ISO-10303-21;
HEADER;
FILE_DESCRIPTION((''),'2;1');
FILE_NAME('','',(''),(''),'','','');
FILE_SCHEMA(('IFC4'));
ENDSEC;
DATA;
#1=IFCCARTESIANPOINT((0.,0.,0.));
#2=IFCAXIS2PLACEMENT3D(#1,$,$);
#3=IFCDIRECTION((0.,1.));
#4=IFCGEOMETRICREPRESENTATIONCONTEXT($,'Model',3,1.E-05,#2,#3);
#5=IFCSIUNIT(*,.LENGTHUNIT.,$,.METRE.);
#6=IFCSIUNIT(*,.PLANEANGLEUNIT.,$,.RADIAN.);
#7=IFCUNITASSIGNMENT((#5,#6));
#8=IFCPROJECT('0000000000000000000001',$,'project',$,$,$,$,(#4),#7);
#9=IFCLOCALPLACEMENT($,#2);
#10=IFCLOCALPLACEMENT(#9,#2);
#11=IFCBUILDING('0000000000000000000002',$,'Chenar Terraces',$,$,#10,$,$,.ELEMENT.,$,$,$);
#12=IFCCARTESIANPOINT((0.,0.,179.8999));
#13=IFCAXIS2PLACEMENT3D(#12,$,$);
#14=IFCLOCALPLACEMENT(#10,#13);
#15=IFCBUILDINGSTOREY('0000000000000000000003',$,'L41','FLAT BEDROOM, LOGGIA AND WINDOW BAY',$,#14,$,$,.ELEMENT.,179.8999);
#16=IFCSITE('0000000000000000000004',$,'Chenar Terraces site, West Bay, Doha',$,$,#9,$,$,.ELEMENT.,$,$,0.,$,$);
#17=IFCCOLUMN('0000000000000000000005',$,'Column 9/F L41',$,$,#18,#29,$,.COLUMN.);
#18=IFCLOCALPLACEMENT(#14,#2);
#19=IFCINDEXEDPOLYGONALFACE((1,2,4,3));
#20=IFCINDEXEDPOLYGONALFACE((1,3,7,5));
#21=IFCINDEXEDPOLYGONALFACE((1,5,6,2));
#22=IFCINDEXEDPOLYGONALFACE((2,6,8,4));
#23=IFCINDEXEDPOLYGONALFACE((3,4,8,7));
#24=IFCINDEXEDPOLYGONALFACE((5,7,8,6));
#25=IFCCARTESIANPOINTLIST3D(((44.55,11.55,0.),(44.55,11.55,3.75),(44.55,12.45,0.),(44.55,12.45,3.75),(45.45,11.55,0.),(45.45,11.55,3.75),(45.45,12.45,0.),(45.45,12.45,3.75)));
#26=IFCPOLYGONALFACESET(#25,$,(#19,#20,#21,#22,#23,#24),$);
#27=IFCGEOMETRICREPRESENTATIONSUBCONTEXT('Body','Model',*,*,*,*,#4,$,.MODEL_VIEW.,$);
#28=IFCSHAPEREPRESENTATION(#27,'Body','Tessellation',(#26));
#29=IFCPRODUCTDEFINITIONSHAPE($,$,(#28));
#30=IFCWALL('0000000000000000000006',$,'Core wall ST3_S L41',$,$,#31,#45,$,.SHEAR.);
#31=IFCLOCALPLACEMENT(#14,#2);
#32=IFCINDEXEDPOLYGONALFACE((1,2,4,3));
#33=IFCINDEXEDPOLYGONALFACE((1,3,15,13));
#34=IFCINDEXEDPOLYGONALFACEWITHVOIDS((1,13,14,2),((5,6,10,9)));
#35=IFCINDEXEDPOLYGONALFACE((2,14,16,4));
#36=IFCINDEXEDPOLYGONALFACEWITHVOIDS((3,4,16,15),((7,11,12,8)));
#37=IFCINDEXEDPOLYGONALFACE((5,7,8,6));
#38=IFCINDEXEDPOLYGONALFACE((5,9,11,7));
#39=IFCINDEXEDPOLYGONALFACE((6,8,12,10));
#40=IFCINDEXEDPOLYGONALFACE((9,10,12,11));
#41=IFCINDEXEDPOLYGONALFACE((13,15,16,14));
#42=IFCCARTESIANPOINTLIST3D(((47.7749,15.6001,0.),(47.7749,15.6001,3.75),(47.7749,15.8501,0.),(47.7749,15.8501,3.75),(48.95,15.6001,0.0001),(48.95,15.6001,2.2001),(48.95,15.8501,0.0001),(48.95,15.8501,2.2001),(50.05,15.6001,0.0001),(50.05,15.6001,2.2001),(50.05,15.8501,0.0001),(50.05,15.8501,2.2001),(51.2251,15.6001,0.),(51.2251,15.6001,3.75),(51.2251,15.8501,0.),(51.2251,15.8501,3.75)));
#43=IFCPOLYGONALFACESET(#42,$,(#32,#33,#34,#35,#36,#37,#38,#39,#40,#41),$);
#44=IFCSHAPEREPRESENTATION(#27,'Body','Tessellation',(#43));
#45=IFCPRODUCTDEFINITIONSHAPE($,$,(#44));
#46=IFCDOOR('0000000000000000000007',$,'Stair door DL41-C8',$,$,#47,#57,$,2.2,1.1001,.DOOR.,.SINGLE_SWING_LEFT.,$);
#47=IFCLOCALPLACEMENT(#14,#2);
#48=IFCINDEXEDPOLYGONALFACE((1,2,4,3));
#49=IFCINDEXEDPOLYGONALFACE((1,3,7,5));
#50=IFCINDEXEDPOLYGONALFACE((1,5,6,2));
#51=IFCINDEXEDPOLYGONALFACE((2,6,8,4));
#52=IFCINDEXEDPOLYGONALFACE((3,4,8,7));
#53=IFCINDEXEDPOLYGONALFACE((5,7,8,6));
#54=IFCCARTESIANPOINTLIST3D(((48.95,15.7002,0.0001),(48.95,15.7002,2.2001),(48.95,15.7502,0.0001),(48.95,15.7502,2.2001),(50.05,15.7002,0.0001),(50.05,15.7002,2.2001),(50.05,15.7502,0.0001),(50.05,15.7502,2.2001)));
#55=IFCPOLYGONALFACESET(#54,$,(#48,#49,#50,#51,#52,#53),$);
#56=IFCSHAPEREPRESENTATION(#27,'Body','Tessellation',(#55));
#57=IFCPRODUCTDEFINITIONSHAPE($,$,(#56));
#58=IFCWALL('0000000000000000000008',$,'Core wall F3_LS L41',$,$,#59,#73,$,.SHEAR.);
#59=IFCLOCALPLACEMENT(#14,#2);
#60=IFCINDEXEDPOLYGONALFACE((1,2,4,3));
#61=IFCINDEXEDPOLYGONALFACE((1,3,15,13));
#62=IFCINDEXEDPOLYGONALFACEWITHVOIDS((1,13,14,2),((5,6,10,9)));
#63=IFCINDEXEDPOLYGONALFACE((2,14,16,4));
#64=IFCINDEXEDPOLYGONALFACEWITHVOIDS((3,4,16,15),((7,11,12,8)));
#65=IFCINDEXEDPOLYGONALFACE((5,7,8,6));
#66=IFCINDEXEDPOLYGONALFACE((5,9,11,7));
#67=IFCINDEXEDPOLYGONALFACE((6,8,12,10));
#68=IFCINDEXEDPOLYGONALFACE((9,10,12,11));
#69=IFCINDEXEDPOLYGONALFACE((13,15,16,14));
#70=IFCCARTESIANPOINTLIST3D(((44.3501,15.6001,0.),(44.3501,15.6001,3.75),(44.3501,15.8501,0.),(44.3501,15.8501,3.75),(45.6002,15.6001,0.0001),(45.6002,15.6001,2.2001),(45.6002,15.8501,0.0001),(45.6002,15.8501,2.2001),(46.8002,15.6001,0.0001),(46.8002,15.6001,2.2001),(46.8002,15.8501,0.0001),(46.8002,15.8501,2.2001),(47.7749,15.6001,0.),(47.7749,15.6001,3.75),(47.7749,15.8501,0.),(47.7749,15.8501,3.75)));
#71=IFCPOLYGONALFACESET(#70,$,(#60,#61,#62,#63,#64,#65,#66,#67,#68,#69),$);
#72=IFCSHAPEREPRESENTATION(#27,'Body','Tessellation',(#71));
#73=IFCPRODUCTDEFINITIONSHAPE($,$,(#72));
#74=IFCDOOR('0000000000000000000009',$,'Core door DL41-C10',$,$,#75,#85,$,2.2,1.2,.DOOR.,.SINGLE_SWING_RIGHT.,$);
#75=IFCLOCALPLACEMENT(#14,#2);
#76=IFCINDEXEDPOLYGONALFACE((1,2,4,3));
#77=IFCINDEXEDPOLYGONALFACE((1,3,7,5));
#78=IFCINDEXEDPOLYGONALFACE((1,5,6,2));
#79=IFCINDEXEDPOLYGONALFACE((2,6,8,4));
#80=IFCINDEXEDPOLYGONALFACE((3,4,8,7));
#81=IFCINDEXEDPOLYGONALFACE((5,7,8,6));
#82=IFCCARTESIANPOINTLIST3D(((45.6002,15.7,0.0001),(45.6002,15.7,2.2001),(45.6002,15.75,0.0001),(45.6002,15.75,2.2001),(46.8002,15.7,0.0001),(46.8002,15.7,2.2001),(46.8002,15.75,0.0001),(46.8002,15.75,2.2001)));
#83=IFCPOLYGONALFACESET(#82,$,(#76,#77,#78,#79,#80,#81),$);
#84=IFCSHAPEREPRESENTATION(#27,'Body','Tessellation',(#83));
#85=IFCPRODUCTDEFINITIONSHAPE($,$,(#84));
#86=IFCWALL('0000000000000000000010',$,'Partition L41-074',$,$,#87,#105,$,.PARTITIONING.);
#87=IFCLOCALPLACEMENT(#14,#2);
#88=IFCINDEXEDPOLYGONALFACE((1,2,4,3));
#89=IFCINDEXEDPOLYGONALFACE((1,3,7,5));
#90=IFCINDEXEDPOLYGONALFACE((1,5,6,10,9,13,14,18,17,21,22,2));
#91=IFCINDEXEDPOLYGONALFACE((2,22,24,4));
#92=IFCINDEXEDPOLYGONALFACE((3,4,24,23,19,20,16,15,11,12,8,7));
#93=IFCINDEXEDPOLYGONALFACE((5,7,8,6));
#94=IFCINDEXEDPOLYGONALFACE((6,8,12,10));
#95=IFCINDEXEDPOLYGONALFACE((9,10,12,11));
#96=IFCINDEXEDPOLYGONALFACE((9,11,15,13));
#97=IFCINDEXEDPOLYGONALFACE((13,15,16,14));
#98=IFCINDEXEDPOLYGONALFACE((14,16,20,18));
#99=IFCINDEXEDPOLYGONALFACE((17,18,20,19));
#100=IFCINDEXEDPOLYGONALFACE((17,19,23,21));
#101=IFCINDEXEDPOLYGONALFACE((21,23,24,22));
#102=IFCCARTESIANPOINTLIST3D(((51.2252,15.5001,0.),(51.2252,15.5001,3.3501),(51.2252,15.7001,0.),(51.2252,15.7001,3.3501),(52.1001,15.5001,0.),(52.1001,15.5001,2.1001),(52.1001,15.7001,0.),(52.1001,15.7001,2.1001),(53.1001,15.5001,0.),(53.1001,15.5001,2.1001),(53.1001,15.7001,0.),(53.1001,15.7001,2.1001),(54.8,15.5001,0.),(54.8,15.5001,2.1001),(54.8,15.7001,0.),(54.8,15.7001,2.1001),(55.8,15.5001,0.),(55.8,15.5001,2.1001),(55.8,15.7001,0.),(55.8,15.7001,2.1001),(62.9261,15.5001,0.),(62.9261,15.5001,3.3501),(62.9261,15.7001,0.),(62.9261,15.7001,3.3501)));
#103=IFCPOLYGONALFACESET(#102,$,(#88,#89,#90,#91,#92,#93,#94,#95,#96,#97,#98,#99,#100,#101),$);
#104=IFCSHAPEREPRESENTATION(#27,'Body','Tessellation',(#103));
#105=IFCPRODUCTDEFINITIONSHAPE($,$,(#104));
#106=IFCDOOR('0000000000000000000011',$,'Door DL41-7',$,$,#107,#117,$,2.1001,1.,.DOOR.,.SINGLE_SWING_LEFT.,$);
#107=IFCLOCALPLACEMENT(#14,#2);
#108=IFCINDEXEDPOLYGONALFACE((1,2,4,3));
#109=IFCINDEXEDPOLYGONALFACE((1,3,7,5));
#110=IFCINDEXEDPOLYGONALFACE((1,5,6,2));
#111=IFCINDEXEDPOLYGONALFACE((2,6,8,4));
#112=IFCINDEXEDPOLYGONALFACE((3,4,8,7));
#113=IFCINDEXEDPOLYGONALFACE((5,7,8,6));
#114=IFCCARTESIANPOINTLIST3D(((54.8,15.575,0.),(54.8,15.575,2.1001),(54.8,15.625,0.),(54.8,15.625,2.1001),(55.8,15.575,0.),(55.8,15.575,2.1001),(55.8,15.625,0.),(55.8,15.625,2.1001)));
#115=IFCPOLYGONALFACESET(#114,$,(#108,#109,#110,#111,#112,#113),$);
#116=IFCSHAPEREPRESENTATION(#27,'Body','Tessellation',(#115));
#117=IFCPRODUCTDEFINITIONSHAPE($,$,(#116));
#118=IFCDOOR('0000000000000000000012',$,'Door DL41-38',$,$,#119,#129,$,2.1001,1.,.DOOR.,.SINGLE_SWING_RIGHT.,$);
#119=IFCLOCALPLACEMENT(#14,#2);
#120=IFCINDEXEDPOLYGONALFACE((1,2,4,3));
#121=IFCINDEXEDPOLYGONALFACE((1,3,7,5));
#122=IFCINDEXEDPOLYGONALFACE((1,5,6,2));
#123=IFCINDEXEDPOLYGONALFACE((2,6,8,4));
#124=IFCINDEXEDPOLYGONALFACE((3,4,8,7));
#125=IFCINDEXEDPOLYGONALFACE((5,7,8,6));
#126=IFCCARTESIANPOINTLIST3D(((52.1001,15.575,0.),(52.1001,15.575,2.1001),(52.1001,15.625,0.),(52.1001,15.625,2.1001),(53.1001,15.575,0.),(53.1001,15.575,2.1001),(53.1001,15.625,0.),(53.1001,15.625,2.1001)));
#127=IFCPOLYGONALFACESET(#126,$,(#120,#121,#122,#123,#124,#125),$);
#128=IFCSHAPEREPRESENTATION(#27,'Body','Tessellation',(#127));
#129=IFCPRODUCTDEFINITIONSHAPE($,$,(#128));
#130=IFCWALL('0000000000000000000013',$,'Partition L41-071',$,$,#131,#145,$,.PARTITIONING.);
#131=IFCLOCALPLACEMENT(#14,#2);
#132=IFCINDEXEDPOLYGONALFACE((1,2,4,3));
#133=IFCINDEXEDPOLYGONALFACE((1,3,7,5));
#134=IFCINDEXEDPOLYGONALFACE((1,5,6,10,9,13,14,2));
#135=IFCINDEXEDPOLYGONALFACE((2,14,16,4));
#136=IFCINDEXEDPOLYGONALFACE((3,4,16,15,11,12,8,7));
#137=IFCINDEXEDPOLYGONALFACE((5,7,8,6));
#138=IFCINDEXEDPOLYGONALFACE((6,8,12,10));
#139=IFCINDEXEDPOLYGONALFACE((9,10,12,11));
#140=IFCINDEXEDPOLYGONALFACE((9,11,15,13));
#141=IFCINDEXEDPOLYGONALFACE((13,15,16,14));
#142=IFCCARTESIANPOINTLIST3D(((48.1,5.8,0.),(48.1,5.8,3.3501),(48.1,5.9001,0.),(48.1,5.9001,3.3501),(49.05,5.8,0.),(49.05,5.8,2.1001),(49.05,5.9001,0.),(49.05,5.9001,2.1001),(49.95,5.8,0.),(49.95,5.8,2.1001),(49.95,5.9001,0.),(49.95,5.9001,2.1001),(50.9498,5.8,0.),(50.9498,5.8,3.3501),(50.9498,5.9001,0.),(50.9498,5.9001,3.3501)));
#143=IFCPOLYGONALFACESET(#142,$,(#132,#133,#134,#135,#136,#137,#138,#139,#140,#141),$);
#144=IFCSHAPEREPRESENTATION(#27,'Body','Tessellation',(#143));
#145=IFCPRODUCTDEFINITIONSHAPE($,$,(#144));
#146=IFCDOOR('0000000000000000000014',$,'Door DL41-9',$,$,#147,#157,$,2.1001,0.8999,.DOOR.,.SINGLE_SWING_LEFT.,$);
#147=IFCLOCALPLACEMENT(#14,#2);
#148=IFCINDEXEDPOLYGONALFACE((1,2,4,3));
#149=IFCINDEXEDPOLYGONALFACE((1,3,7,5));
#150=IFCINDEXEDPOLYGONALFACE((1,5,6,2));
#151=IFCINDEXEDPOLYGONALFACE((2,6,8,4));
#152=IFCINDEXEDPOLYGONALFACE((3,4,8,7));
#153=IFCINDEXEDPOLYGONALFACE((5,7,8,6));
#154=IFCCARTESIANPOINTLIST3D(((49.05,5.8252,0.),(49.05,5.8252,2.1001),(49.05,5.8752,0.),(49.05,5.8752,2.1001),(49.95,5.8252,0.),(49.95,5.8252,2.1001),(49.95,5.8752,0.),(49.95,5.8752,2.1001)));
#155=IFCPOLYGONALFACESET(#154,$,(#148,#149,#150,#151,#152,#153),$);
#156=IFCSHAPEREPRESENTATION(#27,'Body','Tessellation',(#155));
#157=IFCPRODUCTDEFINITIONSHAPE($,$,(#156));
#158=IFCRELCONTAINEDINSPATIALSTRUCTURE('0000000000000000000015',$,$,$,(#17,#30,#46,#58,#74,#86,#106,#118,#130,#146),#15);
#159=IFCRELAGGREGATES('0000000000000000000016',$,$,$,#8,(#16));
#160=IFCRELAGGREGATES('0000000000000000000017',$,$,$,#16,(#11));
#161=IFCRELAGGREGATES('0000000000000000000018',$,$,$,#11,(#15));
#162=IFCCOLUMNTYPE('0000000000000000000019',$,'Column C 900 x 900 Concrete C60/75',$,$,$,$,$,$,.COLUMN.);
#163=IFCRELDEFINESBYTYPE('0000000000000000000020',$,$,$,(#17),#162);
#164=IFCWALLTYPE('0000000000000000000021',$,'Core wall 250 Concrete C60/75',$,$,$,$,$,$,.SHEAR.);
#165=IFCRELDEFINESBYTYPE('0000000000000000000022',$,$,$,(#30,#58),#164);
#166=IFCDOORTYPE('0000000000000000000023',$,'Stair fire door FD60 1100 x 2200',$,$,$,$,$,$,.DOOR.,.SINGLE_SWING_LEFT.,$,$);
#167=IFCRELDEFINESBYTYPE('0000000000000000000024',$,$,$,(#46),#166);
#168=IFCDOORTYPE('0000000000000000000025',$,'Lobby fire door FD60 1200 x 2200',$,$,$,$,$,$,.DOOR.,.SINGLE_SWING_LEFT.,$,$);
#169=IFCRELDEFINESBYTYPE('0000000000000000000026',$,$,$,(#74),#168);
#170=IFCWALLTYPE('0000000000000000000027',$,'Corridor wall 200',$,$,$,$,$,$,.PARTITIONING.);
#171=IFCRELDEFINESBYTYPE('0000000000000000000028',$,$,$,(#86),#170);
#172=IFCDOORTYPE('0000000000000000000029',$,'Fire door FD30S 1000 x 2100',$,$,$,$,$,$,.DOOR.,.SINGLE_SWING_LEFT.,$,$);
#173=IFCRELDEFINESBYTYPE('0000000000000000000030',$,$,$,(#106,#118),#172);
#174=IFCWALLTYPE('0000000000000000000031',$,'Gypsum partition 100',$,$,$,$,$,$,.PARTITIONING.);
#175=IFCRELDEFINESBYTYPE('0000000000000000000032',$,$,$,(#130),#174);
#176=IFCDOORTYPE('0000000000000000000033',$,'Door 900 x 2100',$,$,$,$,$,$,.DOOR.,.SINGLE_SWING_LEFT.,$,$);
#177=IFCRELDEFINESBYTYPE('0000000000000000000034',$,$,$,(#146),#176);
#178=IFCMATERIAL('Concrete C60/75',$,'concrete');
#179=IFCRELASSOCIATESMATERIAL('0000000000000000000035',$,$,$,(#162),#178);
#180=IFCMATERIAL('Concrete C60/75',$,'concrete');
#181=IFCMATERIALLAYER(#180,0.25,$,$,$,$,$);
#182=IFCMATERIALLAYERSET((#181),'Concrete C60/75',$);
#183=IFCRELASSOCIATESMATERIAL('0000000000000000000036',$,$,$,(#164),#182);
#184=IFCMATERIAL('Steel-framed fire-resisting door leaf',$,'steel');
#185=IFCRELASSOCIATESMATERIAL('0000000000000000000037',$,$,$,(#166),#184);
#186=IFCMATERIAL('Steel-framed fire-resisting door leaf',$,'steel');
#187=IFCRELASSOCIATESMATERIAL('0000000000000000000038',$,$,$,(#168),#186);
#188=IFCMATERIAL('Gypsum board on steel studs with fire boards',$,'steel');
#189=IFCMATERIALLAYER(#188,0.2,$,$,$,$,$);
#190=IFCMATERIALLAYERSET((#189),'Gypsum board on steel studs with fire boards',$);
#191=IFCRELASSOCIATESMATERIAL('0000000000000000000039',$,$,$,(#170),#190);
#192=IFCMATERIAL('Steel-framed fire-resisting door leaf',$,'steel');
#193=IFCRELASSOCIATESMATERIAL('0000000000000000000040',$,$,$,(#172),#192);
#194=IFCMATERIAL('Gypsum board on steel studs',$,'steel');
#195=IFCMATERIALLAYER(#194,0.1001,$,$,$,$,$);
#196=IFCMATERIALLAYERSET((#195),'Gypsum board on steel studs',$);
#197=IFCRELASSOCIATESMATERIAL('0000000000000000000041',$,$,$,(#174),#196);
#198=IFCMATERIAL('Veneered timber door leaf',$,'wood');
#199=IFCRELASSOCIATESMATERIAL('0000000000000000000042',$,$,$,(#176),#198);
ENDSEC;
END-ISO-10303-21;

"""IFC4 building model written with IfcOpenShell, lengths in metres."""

from ifc_helpers import new_model, si_unit, direction, frame, frame_2d, origin, origin_2d, place, context, subcontext, project, spatial, rectangle, extrude, material, layer, layer_set, material_profile, profile_set, type_object, element, fill, save


model = new_model("IFC4")

# Units and contexts
model_context = context("Model", 3, precision=1e-05, world=origin(), true_north=direction((0.0, 1.0)))
body_context = subcontext(model_context, "Body", "Model", "MODEL_VIEW")
ifc_project = project(units=[si_unit("LENGTHUNIT", "METRE"), si_unit("PLANEANGLEUNIT", "RADIAN")], contexts=[model_context])

# Site, building, storey
site_placement = place(None, origin())
site = spatial("IfcSite", under=ifc_project, at=site_placement, Name="Chenar Terraces site, West Bay, Doha", CompositionType="ELEMENT", RefElevation=0.0)
building_placement = place(site_placement, origin())
building = spatial("IfcBuilding", under=site, at=building_placement, Name="Chenar Terraces", CompositionType="ELEMENT")
storey_placement = place(building_placement, frame((0.0, 0.0, 179.8999)))
storey = spatial("IfcBuildingStorey", under=building, at=storey_placement, Name="L41", Description="FLAT BEDROOM, LOGGIA AND WINDOW BAY", CompositionType="ELEMENT", Elevation=179.8999)

# Column
ifc_material_1 = material(Name="Concrete C60/75", Category="concrete")
ifc_material_profile = material_profile(ifc_material_1, rectangle(XDim=0.8999, YDim=0.8999, at=origin_2d()), Name="C 900 x 900")
ifc_profile_set = profile_set([ifc_material_profile], Name="Concrete C60/75")
column_type = type_object("IfcColumnType", Name="Column C 900 x 900 Concrete C60/75", PredefinedType="COLUMN", material=ifc_profile_set)
column_placement = place(storey_placement, frame((45.0, 12.0, 0.0), z_axis=(0.0, 0.0, 1.0), x_axis=(1.0, 0.0, 0.0)))
element("IfcColumn", 1, at=column_placement, inside=storey, type_object=column_type, Name="Column 9/F L41", PredefinedType="COLUMN", context=body_context, shape_type="SweptSolid", body=[
    extrude(rectangle(XDim=0.8999, YDim=0.8999, at=origin_2d()), origin(), (0.0, 0.0, 1.0), 3.75),
])

# Walls, openings, doors
ifc_material_2 = material(Name="Concrete C60/75", Category="concrete")
ifc_layer_1 = layer(ifc_material_2, 0.25)
ifc_layer_set_1 = layer_set([ifc_layer_1], Name="Concrete C60/75")
wall_type_1 = type_object("IfcWallType", Name="Core wall 250 Concrete C60/75", PredefinedType="SHEAR", material=ifc_layer_set_1)
wall_1_placement = place(storey_placement, frame((47.7749, 15.7251, 0.0), z_axis=(0.0, 0.0, 1.0), x_axis=(1.0, 0.0, 0.0)))
wall_1 = element("IfcWall", 2, at=wall_1_placement, inside=storey, type_object=wall_type_1, Name="Core wall ST3_S L41", PredefinedType="SHEAR", context=body_context, shape_type="SweptSolid", body=[
    extrude(rectangle(XDim=3.4502, YDim=0.25, at=frame_2d((1.7251, 0.0))), origin(), (0.0, 0.0, 1.0), 3.75),
])
opening_1_placement = place(wall_1_placement, frame((1.175, 0.0, 0.0)))
opening_1 = element("IfcOpeningElement", 3, at=opening_1_placement, cuts=wall_1, PredefinedType="OPENING", context=body_context, shape_type="SweptSolid", body=[
    extrude(rectangle(XDim=1.1001, YDim=2.2, at=frame_2d((0.55, 1.1001))), frame((0.0, 0.135, 0.0), z_axis=(0.0, -1.0, 0.0), x_axis=(1.0, 0.0, 0.0)), (0.0, 0.0, 1.0), 0.27),
])
ifc_material_3 = material(Name="Steel-framed fire-resisting door leaf", Category="steel")
door_type_1 = type_object("IfcDoorType", Name="Stair fire door FD60 1100 x 2200", OperationType="SINGLE_SWING_LEFT", PredefinedType="DOOR", material=ifc_material_3)
door_1_placement = place(opening_1_placement, frame((1.1001, 0.0, 0.0), z_axis=(0.0, 0.0, 1.0), x_axis=(-1.0, 0.0, 0.0)))
door_1 = element("IfcDoor", 4, at=door_1_placement, inside=storey, type_object=door_type_1, Name="Stair door DL41-C8", OperationType="SINGLE_SWING_LEFT", OverallHeight=2.2, OverallWidth=1.1001, PredefinedType="DOOR", context=body_context, shape_type="SweptSolid", body=[
    extrude(rectangle(XDim=1.1001, YDim=2.2, at=frame_2d((0.55, 1.1001))), frame((0.0, 0.0249, 0.0), z_axis=(0.0, -1.0, 0.0), x_axis=(1.0, 0.0, 0.0)), (0.0, 0.0, 1.0), 0.05),
])
fill(opening_1, door_1)
wall_2_placement = place(storey_placement, frame((44.3501, 15.7251, 0.0), z_axis=(0.0, 0.0, 1.0), x_axis=(1.0, 0.0, 0.0)))
wall_2 = element("IfcWall", 5, at=wall_2_placement, inside=storey, type_object=wall_type_1, Name="Core wall F3_LS L41", PredefinedType="SHEAR", context=body_context, shape_type="SweptSolid", body=[
    extrude(rectangle(XDim=3.4248, YDim=0.25, at=frame_2d((1.7124, 0.0))), origin(), (0.0, 0.0, 1.0), 3.75),
])
opening_2_placement = place(wall_2_placement, frame((1.25, 0.0, 0.0)))
opening_2 = element("IfcOpeningElement", 6, at=opening_2_placement, cuts=wall_2, PredefinedType="OPENING", context=body_context, shape_type="SweptSolid", body=[
    extrude(rectangle(XDim=1.2, YDim=2.2, at=frame_2d((0.6001, 1.1001))), frame((0.0, 0.135, 0.0), z_axis=(0.0, -1.0, 0.0), x_axis=(1.0, 0.0, 0.0)), (0.0, 0.0, 1.0), 0.27),
])
ifc_material_4 = material(Name="Steel-framed fire-resisting door leaf", Category="steel")
door_type_2 = type_object("IfcDoorType", Name="Lobby fire door FD60 1200 x 2200", OperationType="SINGLE_SWING_LEFT", PredefinedType="DOOR", material=ifc_material_4)
door_2_placement = place(opening_2_placement, origin())
door_2 = element("IfcDoor", 7, at=door_2_placement, inside=storey, type_object=door_type_2, Name="Core door DL41-C10", OperationType="SINGLE_SWING_RIGHT", OverallHeight=2.2, OverallWidth=1.2, PredefinedType="DOOR", context=body_context, shape_type="SweptSolid", body=[
    extrude(rectangle(XDim=1.2, YDim=2.2, at=frame_2d((0.6001, 1.1001))), frame((0.0, 0.0249, 0.0), z_axis=(0.0, -1.0, 0.0), x_axis=(1.0, 0.0, 0.0)), (0.0, 0.0, 1.0), 0.05),
])
fill(opening_2, door_2)

# Wall, openings, doors
ifc_material_5 = material(Name="Gypsum board on steel studs with fire boards", Category="steel")
ifc_layer_2 = layer(ifc_material_5, 0.2)
ifc_layer_set_2 = layer_set([ifc_layer_2], Name="Gypsum board on steel studs with fire boards")
wall_type_2 = type_object("IfcWallType", Name="Corridor wall 200", PredefinedType="PARTITIONING", material=ifc_layer_set_2)
wall_3_placement = place(storey_placement, frame((51.2251, 15.6001, 0.0), z_axis=(0.0, 0.0, 1.0), x_axis=(1.0, 0.0, 0.0)))
wall_3 = element("IfcWall", 8, at=wall_3_placement, inside=storey, type_object=wall_type_2, Name="Partition L41-074", PredefinedType="PARTITIONING", context=body_context, shape_type="SweptSolid", body=[
    extrude(rectangle(XDim=11.7009, YDim=0.2, at=frame_2d((5.8506, 0.0))), origin(), (0.0, 0.0, 1.0), 3.3501),
])
opening_3_placement = place(wall_3_placement, frame((3.575, 0.0, 0.0)))
opening_3 = element("IfcOpeningElement", 9, at=opening_3_placement, cuts=wall_3, PredefinedType="OPENING", context=body_context, shape_type="SweptSolid", body=[
    extrude(rectangle(XDim=1.0, YDim=2.1001, at=frame_2d((0.5, 1.05))), frame((0.0, 0.1099, 0.0), z_axis=(0.0, -1.0, 0.0), x_axis=(1.0, 0.0, 0.0)), (0.0, 0.0, 1.0), 0.22),
])
opening_4_placement = place(wall_3_placement, frame((0.875, 0.0, 0.0)))
opening_4 = element("IfcOpeningElement", 10, at=opening_4_placement, cuts=wall_3, PredefinedType="OPENING", context=body_context, shape_type="SweptSolid", body=[
    extrude(rectangle(XDim=1.0, YDim=2.1001, at=frame_2d((0.5, 1.05))), frame((0.0, 0.1099, 0.0), z_axis=(0.0, -1.0, 0.0), x_axis=(1.0, 0.0, 0.0)), (0.0, 0.0, 1.0), 0.22),
])
ifc_material_6 = material(Name="Steel-framed fire-resisting door leaf", Category="steel")
door_type_3 = type_object("IfcDoorType", Name="Fire door FD30S 1000 x 2100", OperationType="SINGLE_SWING_LEFT", PredefinedType="DOOR", material=ifc_material_6)
door_3_placement = place(opening_3_placement, origin())
door_3 = element("IfcDoor", 11, at=door_3_placement, inside=storey, type_object=door_type_3, Name="Door DL41-7", OperationType="SINGLE_SWING_LEFT", OverallHeight=2.1001, OverallWidth=1.0, PredefinedType="DOOR", context=body_context, shape_type="SweptSolid", body=[
    extrude(rectangle(XDim=1.0, YDim=2.1001, at=frame_2d((0.5, 1.05))), frame((0.0, 0.0249, 0.0), z_axis=(0.0, -1.0, 0.0), x_axis=(1.0, 0.0, 0.0)), (0.0, 0.0, 1.0), 0.05),
])
fill(opening_3, door_3)
door_4_placement = place(opening_4_placement, origin())
door_4 = element("IfcDoor", 12, at=door_4_placement, inside=storey, type_object=door_type_3, Name="Door DL41-38", OperationType="SINGLE_SWING_RIGHT", OverallHeight=2.1001, OverallWidth=1.0, PredefinedType="DOOR", context=body_context, shape_type="SweptSolid", body=[
    extrude(rectangle(XDim=1.0, YDim=2.1001, at=frame_2d((0.5, 1.05))), frame((0.0, 0.0249, 0.0), z_axis=(0.0, -1.0, 0.0), x_axis=(1.0, 0.0, 0.0)), (0.0, 0.0, 1.0), 0.05),
])
fill(opening_4, door_4)

# Wall, opening, door
ifc_material_7 = material(Name="Gypsum board on steel studs", Category="steel")
ifc_layer_3 = layer(ifc_material_7, 0.1001)
ifc_layer_set_3 = layer_set([ifc_layer_3], Name="Gypsum board on steel studs")
wall_type_3 = type_object("IfcWallType", Name="Gypsum partition 100", PredefinedType="PARTITIONING", material=ifc_layer_set_3)
wall_4_placement = place(storey_placement, frame((48.1001, 5.8501, 0.0), z_axis=(0.0, 0.0, 1.0), x_axis=(1.0, 0.0, 0.0)))
wall_4 = element("IfcWall", 13, at=wall_4_placement, inside=storey, type_object=wall_type_3, Name="Partition L41-071", PredefinedType="PARTITIONING", context=body_context, shape_type="SweptSolid", body=[
    extrude(rectangle(XDim=2.8499, YDim=0.1001, at=frame_2d((1.4248, 0.0))), origin(), (0.0, 0.0, 1.0), 3.3501),
])
opening_5_placement = place(wall_4_placement, frame((0.95, 0.0, 0.0)))
opening_5 = element("IfcOpeningElement", 14, at=opening_5_placement, cuts=wall_4, PredefinedType="OPENING", context=body_context, shape_type="SweptSolid", body=[
    extrude(rectangle(XDim=0.8999, YDim=2.1001, at=frame_2d((0.45, 1.05))), frame((0.0, 0.0601, 0.0), z_axis=(0.0, -1.0, 0.0), x_axis=(1.0, 0.0, 0.0)), (0.0, 0.0, 1.0), 0.1201),
])
ifc_material_8 = material(Name="Veneered timber door leaf", Category="wood")
door_type_4 = type_object("IfcDoorType", Name="Door 900 x 2100", OperationType="SINGLE_SWING_LEFT", PredefinedType="DOOR", material=ifc_material_8)
door_5_placement = place(opening_5_placement, frame((0.8999, 0.0, 0.0), z_axis=(0.0, 0.0, 1.0), x_axis=(-1.0, 0.0, 0.0)))
door_5 = element("IfcDoor", 15, at=door_5_placement, inside=storey, type_object=door_type_4, Name="Door DL41-9", OperationType="SINGLE_SWING_LEFT", OverallHeight=2.1001, OverallWidth=0.8999, PredefinedType="DOOR", context=body_context, shape_type="SweptSolid", body=[
    extrude(rectangle(XDim=0.8999, YDim=2.1001, at=frame_2d((0.45, 1.05))), frame((0.0, 0.0249, 0.0), z_axis=(0.0, -1.0, 0.0), x_axis=(1.0, 0.0, 0.0)), (0.0, 0.0, 1.0), 0.05),
])
fill(opening_5, door_5)

save(model, "model.ifc")
